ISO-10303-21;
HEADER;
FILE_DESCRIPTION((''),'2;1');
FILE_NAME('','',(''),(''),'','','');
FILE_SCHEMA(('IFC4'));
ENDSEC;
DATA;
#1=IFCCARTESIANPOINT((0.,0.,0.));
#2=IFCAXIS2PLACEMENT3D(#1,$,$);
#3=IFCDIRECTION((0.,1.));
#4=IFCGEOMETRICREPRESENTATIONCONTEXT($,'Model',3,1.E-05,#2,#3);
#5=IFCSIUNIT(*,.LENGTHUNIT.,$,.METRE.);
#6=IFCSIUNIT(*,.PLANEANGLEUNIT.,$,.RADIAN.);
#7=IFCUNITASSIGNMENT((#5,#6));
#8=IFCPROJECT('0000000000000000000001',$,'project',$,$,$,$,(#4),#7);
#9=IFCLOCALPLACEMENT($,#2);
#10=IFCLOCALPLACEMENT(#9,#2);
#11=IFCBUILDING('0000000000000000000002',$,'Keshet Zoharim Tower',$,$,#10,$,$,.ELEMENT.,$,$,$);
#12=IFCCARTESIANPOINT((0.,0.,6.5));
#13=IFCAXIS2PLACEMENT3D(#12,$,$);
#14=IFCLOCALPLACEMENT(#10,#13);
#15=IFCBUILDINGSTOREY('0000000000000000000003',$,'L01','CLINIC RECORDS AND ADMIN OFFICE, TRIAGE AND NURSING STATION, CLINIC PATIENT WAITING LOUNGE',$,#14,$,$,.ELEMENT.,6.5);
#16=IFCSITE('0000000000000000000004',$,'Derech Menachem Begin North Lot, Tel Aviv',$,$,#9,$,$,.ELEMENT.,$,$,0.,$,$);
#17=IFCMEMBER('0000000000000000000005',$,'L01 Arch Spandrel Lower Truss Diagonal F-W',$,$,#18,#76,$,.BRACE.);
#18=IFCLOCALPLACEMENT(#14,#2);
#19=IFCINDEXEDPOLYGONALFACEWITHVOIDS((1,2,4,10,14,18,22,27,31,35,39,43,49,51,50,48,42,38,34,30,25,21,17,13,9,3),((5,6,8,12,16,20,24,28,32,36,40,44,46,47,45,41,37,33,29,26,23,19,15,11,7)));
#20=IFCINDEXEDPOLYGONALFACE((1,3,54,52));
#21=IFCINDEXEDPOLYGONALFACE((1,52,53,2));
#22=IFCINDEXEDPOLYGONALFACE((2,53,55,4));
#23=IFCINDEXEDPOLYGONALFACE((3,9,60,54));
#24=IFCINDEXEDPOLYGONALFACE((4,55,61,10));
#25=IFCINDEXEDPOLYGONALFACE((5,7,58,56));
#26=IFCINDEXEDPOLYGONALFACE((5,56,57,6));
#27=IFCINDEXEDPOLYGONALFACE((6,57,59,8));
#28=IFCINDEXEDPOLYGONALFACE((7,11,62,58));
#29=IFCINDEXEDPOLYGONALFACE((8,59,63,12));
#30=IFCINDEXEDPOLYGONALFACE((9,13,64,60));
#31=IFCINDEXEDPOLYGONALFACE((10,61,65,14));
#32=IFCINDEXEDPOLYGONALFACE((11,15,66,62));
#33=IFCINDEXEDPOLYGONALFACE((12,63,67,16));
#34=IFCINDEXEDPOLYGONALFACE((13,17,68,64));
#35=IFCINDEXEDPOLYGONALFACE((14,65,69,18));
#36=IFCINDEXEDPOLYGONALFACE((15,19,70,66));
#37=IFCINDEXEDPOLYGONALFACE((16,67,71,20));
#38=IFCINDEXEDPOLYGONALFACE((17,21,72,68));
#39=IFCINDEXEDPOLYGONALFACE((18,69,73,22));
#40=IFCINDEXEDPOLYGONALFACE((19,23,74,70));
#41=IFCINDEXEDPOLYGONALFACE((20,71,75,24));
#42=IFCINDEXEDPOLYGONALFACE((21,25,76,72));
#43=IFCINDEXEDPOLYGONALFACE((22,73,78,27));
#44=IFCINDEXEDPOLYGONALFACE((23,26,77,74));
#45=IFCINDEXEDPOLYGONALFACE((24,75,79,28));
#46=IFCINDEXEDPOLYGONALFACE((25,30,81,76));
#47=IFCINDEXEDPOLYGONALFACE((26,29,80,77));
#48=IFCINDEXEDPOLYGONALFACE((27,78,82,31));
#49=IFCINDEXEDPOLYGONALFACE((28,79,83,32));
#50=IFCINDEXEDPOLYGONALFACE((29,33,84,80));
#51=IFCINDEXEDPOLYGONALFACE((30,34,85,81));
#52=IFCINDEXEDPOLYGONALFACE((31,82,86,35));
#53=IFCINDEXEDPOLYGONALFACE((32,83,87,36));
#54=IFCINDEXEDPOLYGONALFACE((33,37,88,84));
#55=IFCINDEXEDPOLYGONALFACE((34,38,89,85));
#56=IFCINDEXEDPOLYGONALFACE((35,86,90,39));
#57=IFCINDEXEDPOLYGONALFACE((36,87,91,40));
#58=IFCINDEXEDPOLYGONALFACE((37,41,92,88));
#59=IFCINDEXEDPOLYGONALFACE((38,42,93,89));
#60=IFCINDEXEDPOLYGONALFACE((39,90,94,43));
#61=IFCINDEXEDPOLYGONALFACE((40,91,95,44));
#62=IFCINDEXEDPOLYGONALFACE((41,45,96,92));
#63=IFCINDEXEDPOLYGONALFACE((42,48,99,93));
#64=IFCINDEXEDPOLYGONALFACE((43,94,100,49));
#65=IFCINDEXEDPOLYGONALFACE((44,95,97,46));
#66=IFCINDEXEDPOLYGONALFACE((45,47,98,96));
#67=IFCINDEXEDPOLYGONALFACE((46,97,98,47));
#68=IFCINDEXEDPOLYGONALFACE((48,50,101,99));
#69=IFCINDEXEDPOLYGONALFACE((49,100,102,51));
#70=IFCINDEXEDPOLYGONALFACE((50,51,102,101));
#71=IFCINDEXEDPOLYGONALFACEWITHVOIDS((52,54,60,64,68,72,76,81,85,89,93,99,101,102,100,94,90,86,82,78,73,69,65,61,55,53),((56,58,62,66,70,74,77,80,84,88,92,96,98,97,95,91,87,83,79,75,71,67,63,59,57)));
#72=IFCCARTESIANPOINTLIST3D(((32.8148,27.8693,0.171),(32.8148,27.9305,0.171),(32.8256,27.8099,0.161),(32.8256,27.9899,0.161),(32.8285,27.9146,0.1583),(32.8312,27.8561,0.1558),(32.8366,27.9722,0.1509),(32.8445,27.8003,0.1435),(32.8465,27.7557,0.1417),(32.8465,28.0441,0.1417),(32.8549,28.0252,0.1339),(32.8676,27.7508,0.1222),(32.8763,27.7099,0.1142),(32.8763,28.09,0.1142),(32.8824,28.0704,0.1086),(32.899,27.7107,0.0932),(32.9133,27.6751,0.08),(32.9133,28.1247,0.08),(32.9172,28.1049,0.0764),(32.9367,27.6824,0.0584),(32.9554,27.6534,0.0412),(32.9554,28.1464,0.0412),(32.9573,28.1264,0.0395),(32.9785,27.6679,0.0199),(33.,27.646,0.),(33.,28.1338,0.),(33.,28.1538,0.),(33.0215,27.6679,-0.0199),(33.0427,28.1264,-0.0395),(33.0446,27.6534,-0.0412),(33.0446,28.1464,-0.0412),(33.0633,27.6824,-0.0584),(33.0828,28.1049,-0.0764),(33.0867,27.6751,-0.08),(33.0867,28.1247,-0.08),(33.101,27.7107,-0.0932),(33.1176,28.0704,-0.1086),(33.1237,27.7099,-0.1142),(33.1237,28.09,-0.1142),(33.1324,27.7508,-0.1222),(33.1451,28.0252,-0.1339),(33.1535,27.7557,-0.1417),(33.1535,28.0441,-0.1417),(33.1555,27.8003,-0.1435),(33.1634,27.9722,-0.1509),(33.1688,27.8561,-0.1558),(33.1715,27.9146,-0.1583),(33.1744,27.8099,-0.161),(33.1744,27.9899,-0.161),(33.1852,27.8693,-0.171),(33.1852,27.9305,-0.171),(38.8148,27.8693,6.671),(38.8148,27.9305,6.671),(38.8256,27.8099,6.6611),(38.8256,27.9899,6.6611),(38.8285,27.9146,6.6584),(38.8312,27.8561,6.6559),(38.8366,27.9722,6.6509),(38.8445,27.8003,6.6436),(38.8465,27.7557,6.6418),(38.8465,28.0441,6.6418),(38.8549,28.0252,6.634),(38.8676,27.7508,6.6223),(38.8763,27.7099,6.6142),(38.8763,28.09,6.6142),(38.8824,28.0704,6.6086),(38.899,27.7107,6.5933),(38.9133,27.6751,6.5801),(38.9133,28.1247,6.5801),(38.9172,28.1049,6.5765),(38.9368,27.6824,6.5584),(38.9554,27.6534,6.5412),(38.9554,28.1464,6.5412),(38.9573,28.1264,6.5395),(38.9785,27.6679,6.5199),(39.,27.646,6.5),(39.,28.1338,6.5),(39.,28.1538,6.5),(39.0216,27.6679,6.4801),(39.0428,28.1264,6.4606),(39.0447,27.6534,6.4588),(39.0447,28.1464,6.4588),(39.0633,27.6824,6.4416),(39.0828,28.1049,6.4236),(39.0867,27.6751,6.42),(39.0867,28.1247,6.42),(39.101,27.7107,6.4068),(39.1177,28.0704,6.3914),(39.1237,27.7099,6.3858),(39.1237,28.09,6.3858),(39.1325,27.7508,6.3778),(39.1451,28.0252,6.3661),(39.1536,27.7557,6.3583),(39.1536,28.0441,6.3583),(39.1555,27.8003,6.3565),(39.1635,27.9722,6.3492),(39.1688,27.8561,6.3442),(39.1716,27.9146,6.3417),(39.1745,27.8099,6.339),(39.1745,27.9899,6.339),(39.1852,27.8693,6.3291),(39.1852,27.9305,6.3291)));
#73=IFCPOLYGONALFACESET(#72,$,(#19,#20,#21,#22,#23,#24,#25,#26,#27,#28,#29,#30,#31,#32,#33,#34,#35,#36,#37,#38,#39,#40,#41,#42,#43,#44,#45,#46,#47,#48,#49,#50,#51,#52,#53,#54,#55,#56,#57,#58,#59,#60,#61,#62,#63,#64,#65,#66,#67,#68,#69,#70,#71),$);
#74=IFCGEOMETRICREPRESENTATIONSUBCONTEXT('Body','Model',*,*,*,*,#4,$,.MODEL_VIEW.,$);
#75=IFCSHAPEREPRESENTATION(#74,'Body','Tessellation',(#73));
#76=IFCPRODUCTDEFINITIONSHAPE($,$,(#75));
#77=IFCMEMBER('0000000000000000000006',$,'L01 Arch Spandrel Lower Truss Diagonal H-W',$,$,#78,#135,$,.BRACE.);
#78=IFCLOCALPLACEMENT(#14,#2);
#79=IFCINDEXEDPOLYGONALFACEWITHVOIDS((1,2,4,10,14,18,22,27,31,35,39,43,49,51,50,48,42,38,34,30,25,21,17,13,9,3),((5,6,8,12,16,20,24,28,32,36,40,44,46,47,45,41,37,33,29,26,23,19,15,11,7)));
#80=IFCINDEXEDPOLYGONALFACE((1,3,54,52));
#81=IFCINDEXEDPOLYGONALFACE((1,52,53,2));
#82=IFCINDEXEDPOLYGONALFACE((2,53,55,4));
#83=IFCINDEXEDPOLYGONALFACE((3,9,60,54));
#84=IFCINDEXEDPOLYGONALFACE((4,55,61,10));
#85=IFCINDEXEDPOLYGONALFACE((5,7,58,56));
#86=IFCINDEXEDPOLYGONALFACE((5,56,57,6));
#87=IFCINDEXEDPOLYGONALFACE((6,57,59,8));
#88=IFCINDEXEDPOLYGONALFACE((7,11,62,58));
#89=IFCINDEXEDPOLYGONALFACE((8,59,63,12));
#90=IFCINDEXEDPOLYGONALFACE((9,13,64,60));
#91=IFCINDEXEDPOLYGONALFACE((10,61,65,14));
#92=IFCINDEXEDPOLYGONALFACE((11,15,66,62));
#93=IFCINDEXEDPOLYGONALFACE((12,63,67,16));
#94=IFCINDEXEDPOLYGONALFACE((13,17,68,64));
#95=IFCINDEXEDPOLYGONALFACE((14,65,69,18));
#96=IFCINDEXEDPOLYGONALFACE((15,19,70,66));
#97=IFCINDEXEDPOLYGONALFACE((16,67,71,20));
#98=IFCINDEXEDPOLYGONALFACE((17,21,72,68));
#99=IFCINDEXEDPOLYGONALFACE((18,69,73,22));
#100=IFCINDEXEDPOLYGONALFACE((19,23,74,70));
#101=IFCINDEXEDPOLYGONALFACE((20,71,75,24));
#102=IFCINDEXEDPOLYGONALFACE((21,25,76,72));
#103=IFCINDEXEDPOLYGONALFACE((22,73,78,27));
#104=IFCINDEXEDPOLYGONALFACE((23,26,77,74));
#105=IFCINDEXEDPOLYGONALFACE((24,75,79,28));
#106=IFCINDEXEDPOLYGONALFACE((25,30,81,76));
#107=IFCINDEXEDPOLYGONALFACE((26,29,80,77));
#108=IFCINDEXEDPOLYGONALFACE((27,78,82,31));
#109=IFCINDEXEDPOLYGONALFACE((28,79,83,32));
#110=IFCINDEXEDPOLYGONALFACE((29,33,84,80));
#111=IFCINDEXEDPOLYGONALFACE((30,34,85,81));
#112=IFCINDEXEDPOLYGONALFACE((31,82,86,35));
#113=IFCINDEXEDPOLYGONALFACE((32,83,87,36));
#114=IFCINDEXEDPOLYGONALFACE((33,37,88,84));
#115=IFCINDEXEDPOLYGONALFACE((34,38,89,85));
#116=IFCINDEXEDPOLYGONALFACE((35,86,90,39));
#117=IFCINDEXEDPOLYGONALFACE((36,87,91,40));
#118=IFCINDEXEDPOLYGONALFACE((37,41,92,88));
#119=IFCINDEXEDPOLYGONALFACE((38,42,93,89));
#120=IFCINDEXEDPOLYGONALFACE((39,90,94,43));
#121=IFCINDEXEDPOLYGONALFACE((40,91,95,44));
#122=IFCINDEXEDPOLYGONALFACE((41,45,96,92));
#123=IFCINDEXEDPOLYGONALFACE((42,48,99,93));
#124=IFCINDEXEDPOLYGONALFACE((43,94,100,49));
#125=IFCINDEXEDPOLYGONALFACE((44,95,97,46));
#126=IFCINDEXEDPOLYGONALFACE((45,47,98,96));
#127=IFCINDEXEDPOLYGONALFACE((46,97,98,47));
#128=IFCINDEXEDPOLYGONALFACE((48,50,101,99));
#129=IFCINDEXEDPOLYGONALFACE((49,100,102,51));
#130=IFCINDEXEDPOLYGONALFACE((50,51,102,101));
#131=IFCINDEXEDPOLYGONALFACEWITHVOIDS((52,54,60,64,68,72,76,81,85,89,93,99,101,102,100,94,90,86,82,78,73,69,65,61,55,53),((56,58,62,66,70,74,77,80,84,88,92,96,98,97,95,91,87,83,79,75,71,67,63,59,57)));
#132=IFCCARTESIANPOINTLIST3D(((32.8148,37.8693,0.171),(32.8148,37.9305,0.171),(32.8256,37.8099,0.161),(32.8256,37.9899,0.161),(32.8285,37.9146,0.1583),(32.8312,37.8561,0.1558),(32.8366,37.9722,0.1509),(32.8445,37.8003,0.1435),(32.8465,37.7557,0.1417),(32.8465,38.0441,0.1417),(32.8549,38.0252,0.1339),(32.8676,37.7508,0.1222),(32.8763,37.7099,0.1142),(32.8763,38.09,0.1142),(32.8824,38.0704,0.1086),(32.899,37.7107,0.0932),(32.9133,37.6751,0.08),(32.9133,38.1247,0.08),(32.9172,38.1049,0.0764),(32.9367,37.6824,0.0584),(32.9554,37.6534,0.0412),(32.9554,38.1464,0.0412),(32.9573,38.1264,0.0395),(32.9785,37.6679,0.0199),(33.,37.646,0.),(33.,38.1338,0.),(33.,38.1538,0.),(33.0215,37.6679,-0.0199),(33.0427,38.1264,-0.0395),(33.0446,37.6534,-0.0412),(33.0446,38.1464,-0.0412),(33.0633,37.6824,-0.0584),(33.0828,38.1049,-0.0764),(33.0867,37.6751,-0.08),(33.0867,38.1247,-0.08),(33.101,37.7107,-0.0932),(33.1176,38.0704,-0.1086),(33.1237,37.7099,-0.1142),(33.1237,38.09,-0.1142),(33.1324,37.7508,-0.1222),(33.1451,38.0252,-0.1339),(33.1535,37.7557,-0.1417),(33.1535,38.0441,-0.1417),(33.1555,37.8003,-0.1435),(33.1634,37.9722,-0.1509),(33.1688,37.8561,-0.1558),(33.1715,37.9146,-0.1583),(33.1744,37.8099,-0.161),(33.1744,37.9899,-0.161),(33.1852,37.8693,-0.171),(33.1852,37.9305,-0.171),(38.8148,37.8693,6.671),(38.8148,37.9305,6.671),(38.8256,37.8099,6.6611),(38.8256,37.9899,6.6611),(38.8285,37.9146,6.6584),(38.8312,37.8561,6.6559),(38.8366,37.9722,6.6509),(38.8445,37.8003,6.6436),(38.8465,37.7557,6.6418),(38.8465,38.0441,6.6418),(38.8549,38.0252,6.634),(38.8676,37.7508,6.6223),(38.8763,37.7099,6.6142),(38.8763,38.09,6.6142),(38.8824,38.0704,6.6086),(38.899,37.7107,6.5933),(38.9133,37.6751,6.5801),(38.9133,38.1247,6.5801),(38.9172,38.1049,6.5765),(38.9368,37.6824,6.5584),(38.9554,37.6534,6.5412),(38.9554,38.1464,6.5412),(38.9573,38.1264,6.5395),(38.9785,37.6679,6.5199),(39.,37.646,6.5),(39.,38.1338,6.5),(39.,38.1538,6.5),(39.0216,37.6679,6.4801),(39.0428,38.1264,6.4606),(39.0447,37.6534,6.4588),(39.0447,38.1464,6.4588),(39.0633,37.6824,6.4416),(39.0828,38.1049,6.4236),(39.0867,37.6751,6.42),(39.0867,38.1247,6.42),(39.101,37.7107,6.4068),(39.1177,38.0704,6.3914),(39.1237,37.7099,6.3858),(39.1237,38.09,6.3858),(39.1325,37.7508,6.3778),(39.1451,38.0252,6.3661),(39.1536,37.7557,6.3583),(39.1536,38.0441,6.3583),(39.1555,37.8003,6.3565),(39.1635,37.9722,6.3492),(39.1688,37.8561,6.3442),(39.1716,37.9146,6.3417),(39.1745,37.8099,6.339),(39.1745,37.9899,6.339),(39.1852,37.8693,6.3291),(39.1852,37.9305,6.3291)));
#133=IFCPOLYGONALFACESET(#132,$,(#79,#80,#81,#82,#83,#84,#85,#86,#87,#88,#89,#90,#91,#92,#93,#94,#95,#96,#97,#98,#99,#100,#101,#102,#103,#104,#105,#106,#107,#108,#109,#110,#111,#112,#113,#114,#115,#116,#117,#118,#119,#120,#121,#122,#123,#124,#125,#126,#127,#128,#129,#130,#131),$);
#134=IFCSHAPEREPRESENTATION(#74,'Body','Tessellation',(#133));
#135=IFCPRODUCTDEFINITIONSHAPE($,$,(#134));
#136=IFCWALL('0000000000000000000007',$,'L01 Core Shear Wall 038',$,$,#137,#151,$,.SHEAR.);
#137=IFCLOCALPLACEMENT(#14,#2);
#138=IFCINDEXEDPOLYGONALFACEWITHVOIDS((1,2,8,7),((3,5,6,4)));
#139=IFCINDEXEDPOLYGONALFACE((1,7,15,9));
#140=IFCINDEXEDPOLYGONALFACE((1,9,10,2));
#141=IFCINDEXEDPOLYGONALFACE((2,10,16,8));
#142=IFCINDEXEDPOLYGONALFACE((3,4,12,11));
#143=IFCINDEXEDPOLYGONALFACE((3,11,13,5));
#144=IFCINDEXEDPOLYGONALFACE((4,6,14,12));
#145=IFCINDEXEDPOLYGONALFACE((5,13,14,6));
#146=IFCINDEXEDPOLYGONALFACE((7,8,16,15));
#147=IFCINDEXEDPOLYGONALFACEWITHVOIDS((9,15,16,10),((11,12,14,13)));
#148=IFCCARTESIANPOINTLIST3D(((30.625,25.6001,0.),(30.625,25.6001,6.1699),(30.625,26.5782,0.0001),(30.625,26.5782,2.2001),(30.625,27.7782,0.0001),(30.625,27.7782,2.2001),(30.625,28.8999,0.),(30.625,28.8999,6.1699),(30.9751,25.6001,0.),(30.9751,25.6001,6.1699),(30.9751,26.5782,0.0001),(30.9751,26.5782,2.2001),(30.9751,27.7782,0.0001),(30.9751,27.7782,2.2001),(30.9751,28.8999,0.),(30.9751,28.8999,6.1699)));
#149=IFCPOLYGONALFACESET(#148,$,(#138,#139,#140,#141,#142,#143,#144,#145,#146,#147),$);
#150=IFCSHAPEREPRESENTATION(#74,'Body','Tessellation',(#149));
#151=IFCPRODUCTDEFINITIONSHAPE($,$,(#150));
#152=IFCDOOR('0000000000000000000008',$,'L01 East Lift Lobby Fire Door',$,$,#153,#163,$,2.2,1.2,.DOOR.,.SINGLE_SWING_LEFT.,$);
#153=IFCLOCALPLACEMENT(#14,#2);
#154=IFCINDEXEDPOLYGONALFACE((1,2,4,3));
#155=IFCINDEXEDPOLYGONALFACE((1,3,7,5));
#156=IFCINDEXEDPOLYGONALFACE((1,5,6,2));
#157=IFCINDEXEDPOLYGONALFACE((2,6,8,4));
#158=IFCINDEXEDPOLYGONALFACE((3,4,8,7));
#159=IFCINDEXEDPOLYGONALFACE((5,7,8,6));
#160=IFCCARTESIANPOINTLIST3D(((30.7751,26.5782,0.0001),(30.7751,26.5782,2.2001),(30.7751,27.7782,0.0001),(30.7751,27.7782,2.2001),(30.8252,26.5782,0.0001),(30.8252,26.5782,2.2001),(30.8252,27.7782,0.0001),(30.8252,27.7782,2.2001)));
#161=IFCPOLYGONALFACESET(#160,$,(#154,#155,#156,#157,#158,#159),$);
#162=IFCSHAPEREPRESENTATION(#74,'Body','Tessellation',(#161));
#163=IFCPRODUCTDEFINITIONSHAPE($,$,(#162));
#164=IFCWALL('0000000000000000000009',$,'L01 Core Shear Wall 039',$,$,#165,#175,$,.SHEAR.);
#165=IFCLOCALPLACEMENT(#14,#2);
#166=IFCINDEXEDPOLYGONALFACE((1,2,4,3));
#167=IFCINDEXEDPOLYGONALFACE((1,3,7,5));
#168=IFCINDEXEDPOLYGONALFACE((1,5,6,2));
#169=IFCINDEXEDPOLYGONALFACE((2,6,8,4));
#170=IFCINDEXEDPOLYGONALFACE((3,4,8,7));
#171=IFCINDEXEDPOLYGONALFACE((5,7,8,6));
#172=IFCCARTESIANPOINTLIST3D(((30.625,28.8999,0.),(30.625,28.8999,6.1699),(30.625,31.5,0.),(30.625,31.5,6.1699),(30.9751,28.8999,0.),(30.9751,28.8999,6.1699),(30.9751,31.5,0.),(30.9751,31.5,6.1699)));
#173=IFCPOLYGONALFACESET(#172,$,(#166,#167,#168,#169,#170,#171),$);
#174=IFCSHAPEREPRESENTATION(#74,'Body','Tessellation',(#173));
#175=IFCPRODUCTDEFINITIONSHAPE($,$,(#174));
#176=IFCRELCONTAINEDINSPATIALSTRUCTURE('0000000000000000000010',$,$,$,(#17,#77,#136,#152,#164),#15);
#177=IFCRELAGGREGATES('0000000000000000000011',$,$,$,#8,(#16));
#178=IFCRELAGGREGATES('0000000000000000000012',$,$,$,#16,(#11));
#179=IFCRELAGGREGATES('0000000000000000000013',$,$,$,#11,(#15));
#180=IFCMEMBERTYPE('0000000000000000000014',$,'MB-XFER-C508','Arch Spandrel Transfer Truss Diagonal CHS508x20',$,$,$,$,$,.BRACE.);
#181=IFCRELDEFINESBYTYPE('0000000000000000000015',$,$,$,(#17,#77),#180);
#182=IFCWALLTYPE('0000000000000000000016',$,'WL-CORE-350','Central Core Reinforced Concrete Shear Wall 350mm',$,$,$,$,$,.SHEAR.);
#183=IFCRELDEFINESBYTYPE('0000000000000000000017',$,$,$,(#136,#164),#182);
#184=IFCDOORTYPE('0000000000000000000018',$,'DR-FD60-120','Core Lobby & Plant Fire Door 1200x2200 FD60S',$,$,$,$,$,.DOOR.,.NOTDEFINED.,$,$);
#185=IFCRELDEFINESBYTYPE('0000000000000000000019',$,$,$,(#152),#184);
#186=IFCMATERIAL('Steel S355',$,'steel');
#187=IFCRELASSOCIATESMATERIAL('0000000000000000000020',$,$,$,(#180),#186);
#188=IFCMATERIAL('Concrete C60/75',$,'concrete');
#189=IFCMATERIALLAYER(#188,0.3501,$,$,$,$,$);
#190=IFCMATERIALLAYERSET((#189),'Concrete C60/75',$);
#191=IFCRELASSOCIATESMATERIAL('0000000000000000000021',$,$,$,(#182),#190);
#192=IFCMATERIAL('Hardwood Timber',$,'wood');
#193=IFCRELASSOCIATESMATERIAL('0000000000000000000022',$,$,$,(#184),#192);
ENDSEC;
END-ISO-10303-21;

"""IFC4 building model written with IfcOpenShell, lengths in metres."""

from ifc_helpers import new_model, si_unit, direction, frame, frame_2d, origin, origin_2d, place, context, subcontext, project, spatial, rectangle, hollow_circle, extrude, material, layer, layer_set, material_profile, profile_set, type_object, element, fill, save


model = new_model("IFC4")

# Units and contexts
model_context = context("Model", 3, precision=1e-05, world=origin(), true_north=direction((0.0, 1.0)))
body_context = subcontext(model_context, "Body", "Model", "MODEL_VIEW")
ifc_project = project(units=[si_unit("LENGTHUNIT", "METRE"), si_unit("PLANEANGLEUNIT", "RADIAN")], contexts=[model_context])

# Site, building, storey
site_placement = place(None, origin())
site = spatial("IfcSite", under=ifc_project, at=site_placement, Name="Derech Menachem Begin North Lot, Tel Aviv", CompositionType="ELEMENT", RefElevation=0.0)
building_placement = place(site_placement, origin())
building = spatial("IfcBuilding", under=site, at=building_placement, Name="Keshet Zoharim Tower", CompositionType="ELEMENT")
storey_placement = place(building_placement, frame((0.0, 0.0, 6.5)))
storey = spatial("IfcBuildingStorey", under=building, at=storey_placement, Name="L01", Description="CLINIC RECORDS AND ADMIN OFFICE, TRIAGE AND NURSING STATION, CLINIC PATIENT WAITING LOUNGE", CompositionType="ELEMENT", Elevation=6.5)

# Shared definitions
ifc_material_1 = material(Name="Concrete C60/75", Category="concrete")

# Shared definitions
ifc_material_2 = material(Name="Steel S355", Category="steel")

# Members
ifc_material_profile_1 = material_profile(ifc_material_2, hollow_circle(Radius=0.2539, WallThickness=0.02, at=origin_2d()), Name="CHS508x20")
ifc_profile_set_1 = profile_set([ifc_material_profile_1], Name="Steel S355")
member_type = type_object("IfcMemberType", Name="MB-XFER-C508", Description="Arch Spandrel Transfer Truss Diagonal CHS508x20", PredefinedType="BRACE", material=ifc_profile_set_1)
for number, where, z_axis, x_axis, name in (
    (1, (33.0, 27.8999, 0.0), (0.67828, 0.0, 0.734803), (0.0, 1.0, 0.0), "L01 Arch Spandrel Lower Truss Diagonal F-W"),
    (2, (33.0, 37.8999, 0.0), (0.67828, 0.0, 0.734803), (0.0, 1.0, 0.0), "L01 Arch Spandrel Lower Truss Diagonal H-W"),
):
    element("IfcMember", number, at=place(storey_placement, frame(where, z_axis=z_axis, x_axis=x_axis)), inside=storey, type_object=member_type, Name=name, PredefinedType="BRACE", context=body_context, shape_type="SweptSolid", body=[
        extrude(hollow_circle(Radius=0.2539, WallThickness=0.02, at=origin_2d()), origin(), (0.0, 0.0, 1.0), 8.8459),
    ])

# Wall, opening, door
ifc_layer_1 = layer(ifc_material_1, 0.3501)
ifc_layer_set_1 = layer_set([ifc_layer_1], Name="Concrete C60/75")
wall_type_1 = type_object("IfcWallType", Name="WL-CORE-350", Description="Central Core Reinforced Concrete Shear Wall 350mm", PredefinedType="SHEAR", material=ifc_layer_set_1)
wall_1_placement = place(storey_placement, frame((30.8, 25.6001, 0.0), z_axis=(0.0, 0.0, 1.0), x_axis=(0.0, 1.0, 0.0)))
wall_1 = element("IfcWall", 3, at=wall_1_placement, inside=storey, type_object=wall_type_1, Name="L01 Core Shear Wall 038", PredefinedType="SHEAR", context=body_context, shape_type="SweptSolid", body=[
    extrude(rectangle(XDim=3.2998, YDim=0.3501, at=frame_2d((1.6499, 0.0))), origin(), (0.0, 0.0, 1.0), 6.1699),
])
opening_1_placement = place(wall_1_placement, frame((0.978, 0.0, 0.0)))
opening_1 = element("IfcOpeningElement", 4, at=opening_1_placement, cuts=wall_1, PredefinedType="OPENING", context=body_context, shape_type="SweptSolid", body=[
    extrude(rectangle(XDim=1.2, YDim=2.2, at=frame_2d((0.6001, 1.1001))), frame((0.0, 0.1851, 0.0), z_axis=(0.0, -1.0, 0.0), x_axis=(1.0, 0.0, 0.0)), (0.0, 0.0, 1.0), 0.3701),
])
ifc_material_3 = material(Name="Hardwood Timber", Category="wood")
door_type_1 = type_object("IfcDoorType", Name="DR-FD60-120", Description="Core Lobby & Plant Fire Door 1200x2200 FD60S", OperationType="NOTDEFINED", PredefinedType="DOOR", material=ifc_material_3)
door_1_placement = place(opening_1_placement, origin())
door_1 = element("IfcDoor", 5, at=door_1_placement, inside=storey, type_object=door_type_1, Name="L01 East Lift Lobby Fire Door", OperationType="SINGLE_SWING_LEFT", OverallHeight=2.2, OverallWidth=1.2, PredefinedType="DOOR", context=body_context, shape_type="SweptSolid", body=[
    extrude(rectangle(XDim=1.2, YDim=2.2, at=frame_2d((0.6001, 1.1001))), frame((0.0, 0.0249, 0.0), z_axis=(0.0, -1.0, 0.0), x_axis=(1.0, 0.0, 0.0)), (0.0, 0.0, 1.0), 0.05),
])
fill(opening_1, door_1)

# Wall
wall_2_placement = place(storey_placement, frame((30.8, 28.8999, 0.0), z_axis=(0.0, 0.0, 1.0), x_axis=(0.0, 1.0, 0.0)))
element("IfcWall", 6, at=wall_2_placement, inside=storey, type_object=wall_type_1, Name="L01 Core Shear Wall 039", PredefinedType="SHEAR", context=body_context, shape_type="SweptSolid", body=[
    extrude(rectangle(XDim=2.6001, YDim=0.3501, at=frame_2d((1.3, 0.0))), origin(), (0.0, 0.0, 1.0), 6.1699),
])

save(model, "model.ifc")
